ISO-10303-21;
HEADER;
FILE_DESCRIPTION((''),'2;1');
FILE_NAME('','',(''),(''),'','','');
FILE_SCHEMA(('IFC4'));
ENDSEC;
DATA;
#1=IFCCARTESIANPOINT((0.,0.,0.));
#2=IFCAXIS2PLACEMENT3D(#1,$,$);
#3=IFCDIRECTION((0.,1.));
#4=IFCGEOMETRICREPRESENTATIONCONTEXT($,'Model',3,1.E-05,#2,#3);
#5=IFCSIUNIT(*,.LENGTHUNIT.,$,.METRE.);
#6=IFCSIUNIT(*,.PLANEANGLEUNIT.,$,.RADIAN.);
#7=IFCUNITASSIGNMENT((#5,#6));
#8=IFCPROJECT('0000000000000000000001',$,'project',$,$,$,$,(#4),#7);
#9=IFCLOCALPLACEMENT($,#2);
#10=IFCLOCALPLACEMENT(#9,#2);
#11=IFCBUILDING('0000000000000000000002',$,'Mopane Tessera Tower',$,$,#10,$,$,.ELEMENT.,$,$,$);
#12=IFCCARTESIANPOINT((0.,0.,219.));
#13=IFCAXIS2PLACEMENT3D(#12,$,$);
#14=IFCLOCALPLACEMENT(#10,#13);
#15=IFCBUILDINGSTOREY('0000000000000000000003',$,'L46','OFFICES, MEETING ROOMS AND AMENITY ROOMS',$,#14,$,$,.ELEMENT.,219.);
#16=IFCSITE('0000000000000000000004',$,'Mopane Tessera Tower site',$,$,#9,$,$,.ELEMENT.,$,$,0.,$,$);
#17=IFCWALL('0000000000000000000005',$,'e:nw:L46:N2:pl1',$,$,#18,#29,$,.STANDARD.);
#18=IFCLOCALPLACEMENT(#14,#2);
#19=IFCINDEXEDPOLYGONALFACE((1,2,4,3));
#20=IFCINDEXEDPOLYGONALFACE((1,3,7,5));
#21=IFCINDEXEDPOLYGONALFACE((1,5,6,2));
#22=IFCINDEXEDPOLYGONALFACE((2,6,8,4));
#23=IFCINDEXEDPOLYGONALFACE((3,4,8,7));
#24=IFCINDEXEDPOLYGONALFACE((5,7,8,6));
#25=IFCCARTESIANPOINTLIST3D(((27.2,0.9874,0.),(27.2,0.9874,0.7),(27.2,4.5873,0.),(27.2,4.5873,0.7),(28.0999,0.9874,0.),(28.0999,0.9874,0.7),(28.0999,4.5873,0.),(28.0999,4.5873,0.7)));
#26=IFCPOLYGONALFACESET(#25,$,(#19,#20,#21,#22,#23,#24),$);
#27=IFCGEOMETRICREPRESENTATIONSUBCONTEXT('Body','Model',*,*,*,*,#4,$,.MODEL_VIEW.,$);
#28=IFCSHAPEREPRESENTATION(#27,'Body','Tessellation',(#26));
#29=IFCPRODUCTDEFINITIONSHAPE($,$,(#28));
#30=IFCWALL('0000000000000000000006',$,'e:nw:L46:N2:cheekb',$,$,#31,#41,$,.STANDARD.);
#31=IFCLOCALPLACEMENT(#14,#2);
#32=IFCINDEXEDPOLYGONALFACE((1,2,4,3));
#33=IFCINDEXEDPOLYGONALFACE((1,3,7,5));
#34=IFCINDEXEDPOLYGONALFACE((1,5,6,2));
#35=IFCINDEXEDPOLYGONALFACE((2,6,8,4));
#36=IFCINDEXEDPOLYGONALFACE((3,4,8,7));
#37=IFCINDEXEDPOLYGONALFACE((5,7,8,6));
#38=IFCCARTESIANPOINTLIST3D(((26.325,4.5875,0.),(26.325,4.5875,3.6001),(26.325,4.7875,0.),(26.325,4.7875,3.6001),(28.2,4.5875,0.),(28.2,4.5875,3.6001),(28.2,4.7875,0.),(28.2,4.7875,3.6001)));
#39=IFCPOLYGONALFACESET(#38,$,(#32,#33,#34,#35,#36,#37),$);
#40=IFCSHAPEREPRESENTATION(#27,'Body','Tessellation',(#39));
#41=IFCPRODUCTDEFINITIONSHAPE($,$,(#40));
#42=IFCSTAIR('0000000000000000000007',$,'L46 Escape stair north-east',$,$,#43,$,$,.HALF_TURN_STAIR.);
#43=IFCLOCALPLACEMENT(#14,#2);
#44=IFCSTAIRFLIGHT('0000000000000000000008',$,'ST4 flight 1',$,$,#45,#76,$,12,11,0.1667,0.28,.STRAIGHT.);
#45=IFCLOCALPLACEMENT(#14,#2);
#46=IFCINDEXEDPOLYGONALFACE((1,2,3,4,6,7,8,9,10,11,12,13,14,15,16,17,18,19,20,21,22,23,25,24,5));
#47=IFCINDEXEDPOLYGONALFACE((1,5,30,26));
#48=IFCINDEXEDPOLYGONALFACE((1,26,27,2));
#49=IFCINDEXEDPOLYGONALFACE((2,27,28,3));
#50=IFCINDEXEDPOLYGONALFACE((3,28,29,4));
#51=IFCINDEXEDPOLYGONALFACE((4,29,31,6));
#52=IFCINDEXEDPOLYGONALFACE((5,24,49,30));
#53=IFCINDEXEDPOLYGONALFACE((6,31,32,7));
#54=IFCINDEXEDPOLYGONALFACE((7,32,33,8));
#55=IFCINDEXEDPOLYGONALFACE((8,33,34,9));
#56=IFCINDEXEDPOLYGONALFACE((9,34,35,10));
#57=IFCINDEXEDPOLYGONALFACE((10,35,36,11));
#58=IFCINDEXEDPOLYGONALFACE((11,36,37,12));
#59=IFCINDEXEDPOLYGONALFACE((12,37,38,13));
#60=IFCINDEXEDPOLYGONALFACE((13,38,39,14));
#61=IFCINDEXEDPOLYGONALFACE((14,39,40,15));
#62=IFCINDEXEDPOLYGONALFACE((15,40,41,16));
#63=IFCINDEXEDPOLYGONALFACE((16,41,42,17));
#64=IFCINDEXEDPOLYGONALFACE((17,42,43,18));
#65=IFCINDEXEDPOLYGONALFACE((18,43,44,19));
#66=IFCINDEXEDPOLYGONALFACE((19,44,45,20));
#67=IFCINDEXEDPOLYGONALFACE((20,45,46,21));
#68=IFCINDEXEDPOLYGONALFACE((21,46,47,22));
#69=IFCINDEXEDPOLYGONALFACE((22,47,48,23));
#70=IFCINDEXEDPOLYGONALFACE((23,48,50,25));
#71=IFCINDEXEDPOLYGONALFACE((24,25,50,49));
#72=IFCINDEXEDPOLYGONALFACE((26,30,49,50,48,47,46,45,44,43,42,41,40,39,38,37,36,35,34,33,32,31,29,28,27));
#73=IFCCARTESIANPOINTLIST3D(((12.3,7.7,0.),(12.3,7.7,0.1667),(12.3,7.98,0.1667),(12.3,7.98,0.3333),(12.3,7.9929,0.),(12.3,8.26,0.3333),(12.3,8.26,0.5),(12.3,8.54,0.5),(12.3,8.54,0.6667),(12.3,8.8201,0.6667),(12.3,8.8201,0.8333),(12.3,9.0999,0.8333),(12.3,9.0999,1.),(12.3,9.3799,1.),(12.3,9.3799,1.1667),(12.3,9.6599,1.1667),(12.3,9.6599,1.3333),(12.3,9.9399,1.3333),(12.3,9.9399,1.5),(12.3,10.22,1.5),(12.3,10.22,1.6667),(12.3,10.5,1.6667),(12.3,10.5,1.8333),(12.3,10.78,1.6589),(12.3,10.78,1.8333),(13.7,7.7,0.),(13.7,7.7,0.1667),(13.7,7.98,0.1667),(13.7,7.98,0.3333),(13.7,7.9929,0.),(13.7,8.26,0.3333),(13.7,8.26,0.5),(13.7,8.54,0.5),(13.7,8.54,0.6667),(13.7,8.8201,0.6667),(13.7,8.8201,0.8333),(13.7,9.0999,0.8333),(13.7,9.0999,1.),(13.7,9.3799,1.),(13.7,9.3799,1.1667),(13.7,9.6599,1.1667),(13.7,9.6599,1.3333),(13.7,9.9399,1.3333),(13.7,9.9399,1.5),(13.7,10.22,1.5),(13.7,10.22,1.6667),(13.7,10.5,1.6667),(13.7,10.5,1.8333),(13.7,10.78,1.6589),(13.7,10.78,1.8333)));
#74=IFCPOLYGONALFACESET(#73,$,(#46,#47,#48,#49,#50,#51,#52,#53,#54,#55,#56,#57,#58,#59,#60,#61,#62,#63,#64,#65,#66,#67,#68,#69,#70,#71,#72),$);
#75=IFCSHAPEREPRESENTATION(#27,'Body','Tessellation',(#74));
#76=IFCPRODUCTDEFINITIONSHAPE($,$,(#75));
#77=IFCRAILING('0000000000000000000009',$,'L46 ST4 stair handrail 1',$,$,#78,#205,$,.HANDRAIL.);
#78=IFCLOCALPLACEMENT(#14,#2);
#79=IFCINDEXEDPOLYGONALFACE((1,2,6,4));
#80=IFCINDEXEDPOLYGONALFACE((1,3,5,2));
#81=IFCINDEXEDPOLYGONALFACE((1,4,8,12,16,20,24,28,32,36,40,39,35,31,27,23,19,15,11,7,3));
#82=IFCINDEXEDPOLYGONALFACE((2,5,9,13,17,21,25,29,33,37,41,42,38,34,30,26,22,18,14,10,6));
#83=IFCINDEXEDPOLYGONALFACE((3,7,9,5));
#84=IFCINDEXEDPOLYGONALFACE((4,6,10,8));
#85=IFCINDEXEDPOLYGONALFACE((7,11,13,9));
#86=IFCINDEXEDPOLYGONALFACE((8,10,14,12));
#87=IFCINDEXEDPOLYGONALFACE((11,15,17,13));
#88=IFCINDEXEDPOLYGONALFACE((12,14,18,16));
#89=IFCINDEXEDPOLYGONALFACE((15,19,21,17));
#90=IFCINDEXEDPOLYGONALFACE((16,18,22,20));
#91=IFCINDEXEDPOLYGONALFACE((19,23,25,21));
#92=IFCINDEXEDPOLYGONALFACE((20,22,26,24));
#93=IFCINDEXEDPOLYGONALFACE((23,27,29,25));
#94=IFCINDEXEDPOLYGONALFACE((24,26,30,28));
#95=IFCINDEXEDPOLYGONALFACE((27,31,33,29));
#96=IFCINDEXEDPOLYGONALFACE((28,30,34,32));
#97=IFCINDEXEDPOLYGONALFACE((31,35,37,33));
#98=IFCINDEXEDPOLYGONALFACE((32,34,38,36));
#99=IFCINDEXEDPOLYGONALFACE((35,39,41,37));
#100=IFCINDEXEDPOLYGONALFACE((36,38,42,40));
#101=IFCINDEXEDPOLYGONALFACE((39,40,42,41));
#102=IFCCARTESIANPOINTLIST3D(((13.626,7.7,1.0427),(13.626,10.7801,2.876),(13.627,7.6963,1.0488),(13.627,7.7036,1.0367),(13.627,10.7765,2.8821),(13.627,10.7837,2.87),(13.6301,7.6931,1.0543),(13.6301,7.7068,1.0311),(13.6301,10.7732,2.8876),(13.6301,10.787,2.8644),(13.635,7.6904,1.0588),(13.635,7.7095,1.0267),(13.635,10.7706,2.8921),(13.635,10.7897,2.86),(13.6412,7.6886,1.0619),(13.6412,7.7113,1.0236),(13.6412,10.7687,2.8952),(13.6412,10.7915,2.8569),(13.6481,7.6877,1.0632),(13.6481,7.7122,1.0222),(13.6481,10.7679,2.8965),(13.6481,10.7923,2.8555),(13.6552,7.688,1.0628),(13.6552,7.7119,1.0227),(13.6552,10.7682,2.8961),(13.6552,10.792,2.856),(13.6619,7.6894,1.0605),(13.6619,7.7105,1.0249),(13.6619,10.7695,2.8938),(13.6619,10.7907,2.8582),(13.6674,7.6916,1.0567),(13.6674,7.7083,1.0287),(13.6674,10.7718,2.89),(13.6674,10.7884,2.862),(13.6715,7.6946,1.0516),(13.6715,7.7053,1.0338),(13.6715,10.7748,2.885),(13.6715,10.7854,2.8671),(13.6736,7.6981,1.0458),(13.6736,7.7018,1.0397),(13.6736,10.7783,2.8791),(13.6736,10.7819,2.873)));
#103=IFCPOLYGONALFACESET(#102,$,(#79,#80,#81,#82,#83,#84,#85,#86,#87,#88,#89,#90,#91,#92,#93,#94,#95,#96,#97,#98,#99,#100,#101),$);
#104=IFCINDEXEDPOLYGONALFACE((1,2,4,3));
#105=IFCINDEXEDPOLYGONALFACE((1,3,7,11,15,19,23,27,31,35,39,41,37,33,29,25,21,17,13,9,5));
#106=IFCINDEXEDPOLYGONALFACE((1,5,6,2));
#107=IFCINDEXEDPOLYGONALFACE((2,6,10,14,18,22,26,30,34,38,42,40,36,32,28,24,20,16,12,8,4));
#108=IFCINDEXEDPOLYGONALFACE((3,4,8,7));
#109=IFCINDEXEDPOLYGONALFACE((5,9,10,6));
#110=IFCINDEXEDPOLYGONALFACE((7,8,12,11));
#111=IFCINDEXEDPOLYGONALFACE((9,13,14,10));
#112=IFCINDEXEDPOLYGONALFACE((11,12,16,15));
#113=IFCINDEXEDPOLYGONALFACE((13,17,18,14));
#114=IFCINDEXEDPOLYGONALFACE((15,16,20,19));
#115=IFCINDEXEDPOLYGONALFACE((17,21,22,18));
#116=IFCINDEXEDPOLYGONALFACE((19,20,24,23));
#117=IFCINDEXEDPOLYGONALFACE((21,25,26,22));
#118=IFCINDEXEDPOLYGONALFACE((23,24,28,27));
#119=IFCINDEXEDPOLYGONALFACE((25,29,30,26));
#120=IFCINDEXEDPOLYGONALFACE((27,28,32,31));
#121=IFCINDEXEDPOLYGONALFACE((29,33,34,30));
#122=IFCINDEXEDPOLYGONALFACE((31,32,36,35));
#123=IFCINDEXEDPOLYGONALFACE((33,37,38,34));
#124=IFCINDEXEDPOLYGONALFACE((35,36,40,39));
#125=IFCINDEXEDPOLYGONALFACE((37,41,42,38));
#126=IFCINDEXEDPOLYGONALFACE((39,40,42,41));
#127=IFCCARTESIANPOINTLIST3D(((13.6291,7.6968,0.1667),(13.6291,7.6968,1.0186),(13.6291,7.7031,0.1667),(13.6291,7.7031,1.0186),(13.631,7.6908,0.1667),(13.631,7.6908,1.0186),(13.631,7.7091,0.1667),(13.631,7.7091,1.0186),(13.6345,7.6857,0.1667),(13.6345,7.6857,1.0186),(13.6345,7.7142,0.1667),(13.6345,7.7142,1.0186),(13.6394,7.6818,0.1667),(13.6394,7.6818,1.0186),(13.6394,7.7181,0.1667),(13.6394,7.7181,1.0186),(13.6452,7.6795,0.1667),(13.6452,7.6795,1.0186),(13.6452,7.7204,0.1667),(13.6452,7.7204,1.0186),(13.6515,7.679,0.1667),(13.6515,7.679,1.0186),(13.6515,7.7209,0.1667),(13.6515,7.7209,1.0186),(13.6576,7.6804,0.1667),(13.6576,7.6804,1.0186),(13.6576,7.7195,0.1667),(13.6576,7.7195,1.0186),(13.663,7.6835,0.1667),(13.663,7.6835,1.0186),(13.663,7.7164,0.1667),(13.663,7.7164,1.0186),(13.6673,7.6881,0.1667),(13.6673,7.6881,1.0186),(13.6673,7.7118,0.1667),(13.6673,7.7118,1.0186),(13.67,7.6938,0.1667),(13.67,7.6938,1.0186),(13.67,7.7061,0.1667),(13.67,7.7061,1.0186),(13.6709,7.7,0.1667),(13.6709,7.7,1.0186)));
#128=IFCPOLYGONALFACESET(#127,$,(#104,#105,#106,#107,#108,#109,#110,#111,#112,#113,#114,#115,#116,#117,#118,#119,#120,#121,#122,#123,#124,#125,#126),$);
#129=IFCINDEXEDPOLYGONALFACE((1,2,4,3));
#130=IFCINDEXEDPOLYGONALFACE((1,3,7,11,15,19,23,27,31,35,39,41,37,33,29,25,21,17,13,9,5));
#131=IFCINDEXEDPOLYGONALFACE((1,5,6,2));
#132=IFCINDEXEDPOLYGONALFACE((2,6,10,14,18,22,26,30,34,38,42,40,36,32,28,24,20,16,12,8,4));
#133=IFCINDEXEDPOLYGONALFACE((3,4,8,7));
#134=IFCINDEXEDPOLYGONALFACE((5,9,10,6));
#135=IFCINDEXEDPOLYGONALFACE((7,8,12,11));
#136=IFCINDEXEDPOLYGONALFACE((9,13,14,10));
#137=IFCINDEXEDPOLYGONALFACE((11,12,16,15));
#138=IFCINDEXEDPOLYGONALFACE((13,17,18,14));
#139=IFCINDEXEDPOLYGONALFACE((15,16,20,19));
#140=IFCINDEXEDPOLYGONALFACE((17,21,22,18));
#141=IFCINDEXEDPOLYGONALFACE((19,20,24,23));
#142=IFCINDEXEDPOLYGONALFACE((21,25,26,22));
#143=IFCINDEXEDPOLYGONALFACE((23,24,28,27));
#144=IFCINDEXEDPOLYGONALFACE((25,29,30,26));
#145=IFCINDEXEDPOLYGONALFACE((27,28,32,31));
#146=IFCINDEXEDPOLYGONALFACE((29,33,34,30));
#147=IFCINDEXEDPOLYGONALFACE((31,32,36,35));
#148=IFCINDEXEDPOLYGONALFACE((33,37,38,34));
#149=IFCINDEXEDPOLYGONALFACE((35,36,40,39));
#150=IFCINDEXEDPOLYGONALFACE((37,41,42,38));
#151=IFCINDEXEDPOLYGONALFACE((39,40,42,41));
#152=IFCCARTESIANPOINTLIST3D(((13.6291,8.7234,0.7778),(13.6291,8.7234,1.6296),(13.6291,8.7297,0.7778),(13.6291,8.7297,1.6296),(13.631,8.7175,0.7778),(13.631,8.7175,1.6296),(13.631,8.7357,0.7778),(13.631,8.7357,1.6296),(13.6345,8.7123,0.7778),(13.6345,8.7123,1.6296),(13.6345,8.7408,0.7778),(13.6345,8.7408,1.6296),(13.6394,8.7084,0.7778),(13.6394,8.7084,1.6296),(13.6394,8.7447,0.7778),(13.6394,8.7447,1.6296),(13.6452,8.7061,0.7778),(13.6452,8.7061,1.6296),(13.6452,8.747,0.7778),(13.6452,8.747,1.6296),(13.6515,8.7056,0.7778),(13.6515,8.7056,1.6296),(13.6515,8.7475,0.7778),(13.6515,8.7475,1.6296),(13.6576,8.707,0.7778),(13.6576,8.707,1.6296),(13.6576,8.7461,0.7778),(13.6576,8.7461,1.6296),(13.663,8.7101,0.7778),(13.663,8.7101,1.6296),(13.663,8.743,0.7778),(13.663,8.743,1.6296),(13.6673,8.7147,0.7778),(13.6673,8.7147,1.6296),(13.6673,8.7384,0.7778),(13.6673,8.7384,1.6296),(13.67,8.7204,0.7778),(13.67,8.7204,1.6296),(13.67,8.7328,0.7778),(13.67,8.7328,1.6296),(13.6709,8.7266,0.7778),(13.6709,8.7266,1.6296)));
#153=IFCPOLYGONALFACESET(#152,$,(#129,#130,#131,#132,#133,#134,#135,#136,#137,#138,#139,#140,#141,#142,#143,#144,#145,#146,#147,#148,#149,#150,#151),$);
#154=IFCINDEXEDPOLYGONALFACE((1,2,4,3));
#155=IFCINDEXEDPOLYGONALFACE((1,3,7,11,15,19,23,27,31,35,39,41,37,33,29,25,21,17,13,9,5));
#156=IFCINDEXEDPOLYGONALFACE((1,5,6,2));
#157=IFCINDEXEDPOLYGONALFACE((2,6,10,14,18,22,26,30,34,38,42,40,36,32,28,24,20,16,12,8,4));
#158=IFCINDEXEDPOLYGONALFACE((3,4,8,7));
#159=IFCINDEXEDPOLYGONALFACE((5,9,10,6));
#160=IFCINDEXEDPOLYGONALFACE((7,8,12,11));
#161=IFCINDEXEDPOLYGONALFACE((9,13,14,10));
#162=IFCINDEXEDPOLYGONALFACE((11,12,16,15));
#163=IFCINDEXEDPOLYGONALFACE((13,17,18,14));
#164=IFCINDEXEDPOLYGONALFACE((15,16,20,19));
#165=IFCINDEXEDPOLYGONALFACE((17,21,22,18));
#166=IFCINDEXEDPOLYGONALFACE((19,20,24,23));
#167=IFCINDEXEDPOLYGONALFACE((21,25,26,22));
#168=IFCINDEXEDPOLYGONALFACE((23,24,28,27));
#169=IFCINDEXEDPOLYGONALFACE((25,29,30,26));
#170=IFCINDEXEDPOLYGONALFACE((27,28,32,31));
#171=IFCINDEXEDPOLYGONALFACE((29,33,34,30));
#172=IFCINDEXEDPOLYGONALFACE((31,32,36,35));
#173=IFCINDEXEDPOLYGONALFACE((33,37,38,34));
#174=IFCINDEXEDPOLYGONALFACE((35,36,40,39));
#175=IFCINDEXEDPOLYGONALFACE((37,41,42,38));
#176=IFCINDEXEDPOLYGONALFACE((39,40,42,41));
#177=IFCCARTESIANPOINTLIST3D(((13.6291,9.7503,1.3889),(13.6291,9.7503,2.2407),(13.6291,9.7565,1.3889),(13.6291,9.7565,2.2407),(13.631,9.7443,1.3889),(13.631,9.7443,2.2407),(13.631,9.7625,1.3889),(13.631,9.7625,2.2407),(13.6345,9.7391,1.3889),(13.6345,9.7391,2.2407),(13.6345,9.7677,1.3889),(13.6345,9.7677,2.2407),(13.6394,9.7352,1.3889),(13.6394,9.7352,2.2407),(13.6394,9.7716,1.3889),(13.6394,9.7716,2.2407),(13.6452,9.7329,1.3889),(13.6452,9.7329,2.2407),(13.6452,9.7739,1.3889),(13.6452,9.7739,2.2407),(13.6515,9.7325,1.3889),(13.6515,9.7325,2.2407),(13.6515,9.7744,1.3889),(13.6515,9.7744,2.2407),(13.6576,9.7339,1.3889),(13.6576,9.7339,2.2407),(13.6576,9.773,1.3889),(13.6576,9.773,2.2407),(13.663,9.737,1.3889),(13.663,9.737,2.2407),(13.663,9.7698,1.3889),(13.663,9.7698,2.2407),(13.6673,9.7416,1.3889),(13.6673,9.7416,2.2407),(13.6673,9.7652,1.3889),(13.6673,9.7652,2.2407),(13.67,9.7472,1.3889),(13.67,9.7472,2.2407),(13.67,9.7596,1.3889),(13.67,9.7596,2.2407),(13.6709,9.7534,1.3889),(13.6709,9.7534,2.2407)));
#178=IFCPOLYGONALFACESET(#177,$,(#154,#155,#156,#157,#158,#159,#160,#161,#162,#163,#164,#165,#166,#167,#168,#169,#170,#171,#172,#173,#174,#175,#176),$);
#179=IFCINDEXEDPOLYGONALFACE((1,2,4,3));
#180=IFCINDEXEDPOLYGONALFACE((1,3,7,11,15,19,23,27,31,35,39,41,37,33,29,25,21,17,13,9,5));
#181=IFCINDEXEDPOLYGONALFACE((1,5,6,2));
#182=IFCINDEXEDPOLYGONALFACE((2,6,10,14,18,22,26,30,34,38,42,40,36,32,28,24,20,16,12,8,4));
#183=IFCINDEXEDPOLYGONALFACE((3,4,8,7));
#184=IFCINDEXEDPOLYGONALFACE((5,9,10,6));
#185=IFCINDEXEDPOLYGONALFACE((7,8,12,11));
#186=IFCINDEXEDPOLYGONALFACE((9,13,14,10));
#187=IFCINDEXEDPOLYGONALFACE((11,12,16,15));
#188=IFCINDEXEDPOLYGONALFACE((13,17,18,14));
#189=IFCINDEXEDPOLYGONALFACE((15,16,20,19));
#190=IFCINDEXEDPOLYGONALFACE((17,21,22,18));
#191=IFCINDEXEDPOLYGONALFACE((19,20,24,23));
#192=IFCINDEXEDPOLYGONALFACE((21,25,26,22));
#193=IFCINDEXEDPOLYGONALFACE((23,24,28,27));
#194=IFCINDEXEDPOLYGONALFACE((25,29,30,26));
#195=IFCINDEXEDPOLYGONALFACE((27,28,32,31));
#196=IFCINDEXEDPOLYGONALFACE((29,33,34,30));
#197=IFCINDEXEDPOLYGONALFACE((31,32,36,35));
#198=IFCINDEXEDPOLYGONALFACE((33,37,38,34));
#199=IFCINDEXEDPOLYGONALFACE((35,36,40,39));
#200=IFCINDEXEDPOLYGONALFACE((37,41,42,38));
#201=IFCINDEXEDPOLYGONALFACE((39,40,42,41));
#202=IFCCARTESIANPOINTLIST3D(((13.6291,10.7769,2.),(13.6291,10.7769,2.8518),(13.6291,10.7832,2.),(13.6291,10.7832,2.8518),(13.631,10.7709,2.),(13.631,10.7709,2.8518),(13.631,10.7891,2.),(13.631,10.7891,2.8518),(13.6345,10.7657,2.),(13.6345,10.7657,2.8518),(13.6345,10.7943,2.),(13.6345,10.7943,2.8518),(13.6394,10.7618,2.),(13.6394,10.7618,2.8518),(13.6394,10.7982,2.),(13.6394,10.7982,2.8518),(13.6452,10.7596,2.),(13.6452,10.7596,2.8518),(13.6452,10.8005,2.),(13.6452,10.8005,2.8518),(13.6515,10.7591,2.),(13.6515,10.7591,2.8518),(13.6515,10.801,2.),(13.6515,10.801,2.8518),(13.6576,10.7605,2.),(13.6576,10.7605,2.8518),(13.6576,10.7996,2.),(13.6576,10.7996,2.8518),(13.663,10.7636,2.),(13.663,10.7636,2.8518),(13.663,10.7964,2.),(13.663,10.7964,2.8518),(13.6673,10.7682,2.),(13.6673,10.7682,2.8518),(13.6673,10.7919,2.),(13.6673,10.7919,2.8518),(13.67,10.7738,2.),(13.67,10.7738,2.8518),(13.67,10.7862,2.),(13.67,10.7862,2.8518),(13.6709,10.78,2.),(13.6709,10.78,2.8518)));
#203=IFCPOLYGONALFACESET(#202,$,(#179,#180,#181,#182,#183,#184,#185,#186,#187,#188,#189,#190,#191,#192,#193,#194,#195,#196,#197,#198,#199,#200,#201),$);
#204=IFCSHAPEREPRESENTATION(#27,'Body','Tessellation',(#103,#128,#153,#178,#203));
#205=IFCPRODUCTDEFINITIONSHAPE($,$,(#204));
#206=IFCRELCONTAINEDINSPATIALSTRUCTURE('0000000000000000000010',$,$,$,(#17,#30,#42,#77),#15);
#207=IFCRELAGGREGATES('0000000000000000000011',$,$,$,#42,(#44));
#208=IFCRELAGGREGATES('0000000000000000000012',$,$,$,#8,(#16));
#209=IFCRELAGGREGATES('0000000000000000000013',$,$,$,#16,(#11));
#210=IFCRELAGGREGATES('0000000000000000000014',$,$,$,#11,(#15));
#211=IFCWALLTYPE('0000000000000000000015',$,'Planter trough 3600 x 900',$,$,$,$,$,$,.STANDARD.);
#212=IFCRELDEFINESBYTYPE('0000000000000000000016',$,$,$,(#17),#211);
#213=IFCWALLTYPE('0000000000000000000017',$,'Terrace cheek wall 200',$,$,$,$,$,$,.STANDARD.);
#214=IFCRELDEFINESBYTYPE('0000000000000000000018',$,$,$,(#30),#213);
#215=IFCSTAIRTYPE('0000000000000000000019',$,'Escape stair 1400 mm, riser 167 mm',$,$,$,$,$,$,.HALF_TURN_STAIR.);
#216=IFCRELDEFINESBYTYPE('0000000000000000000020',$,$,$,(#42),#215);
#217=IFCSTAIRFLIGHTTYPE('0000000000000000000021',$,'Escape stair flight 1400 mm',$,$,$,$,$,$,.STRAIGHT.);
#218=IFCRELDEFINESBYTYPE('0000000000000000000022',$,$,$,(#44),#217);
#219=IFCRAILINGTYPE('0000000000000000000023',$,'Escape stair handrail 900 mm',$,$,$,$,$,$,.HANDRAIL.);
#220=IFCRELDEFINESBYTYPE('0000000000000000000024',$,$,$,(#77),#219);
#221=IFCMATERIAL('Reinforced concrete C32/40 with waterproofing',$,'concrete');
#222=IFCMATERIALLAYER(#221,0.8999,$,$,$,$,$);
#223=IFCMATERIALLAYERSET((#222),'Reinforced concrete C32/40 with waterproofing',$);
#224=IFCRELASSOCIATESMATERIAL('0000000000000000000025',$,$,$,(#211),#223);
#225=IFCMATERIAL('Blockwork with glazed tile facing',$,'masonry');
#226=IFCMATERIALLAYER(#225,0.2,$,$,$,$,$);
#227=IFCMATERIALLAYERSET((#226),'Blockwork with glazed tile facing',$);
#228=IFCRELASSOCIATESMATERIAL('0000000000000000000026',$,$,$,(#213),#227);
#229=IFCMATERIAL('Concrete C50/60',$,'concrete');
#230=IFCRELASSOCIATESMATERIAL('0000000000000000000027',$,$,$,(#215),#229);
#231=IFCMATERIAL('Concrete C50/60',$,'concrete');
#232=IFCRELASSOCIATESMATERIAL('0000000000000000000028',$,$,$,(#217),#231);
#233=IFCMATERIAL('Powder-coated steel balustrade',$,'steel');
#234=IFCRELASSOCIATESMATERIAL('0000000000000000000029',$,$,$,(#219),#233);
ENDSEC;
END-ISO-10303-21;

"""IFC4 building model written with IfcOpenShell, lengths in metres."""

from ifc_helpers import new_model, si_unit, direction, frame, frame_2d, origin, origin_2d, place, context, subcontext, project, spatial, polyline, rectangle, circle, outline, extrude, material, layer, layer_set, type_object, element, aggregate, save


model = new_model("IFC4")

# Units and contexts
model_context = context("Model", 3, precision=1e-05, world=origin(), true_north=direction((0.0, 1.0)))
body_context = subcontext(model_context, "Body", "Model", "MODEL_VIEW")
ifc_project = project(units=[si_unit("LENGTHUNIT", "METRE"), si_unit("PLANEANGLEUNIT", "RADIAN")], contexts=[model_context])

# Site, building, storey
site_placement = place(None, origin())
site = spatial("IfcSite", under=ifc_project, at=site_placement, Name="Mopane Tessera Tower site", CompositionType="ELEMENT", RefElevation=0.0)
building_placement = place(site_placement, origin())
building = spatial("IfcBuilding", under=site, at=building_placement, Name="Mopane Tessera Tower", CompositionType="ELEMENT")
storey_placement = place(building_placement, frame((0.0, 0.0, 219.0)))
storey = spatial("IfcBuildingStorey", under=building, at=storey_placement, Name="L46", Description="OFFICES, MEETING ROOMS AND AMENITY ROOMS", CompositionType="ELEMENT", Elevation=219.0)

# Walls
ifc_material_1 = material(Name="Reinforced concrete C32/40 with waterproofing", Category="concrete")
ifc_layer_1 = layer(ifc_material_1, 0.8999)
ifc_layer_set_1 = layer_set([ifc_layer_1], Name="Reinforced concrete C32/40 with waterproofing")
wall_type_1 = type_object("IfcWallType", Name="Planter trough 3600 x 900", PredefinedType="STANDARD", material=ifc_layer_set_1)
wall_1_placement = place(storey_placement, frame((27.6499, 0.9875, 0.0), z_axis=(0.0, 0.0, 1.0), x_axis=(0.0, 1.0, 0.0)))
element("IfcWall", 1, at=wall_1_placement, inside=storey, type_object=wall_type_1, Name="e:nw:L46:N2:pl1", PredefinedType="STANDARD", context=body_context, shape_type="SweptSolid", body=[
    extrude(rectangle(XDim=3.5999, YDim=0.8999, at=frame_2d((1.7998, 0.0))), origin(), (0.0, 0.0, 1.0), 0.7),
])
ifc_material_2 = material(Name="Blockwork with glazed tile facing", Category="masonry")
ifc_layer_2 = layer(ifc_material_2, 0.2)
ifc_layer_set_2 = layer_set([ifc_layer_2], Name="Blockwork with glazed tile facing")
wall_type_2 = type_object("IfcWallType", Name="Terrace cheek wall 200", PredefinedType="STANDARD", material=ifc_layer_set_2)
wall_2_placement = place(storey_placement, frame((28.2, 4.6875, 0.0), z_axis=(0.0, 0.0, 1.0), x_axis=(-1.0, 0.0, 0.0)))
element("IfcWall", 2, at=wall_2_placement, inside=storey, type_object=wall_type_2, Name="e:nw:L46:N2:cheekb", PredefinedType="STANDARD", context=body_context, shape_type="SweptSolid", body=[
    extrude(rectangle(XDim=1.875, YDim=0.2, at=frame_2d((0.9375, 0.0))), origin(), (0.0, 0.0, 1.0), 3.6001),
])

# Stair, stair flight
ifc_material_3 = material(Name="Concrete C50/60", Category="concrete")
stair_type = type_object("IfcStairType", Name="Escape stair 1400 mm, riser 167 mm", PredefinedType="HALF_TURN_STAIR", material=ifc_material_3)
stair_placement = place(storey_placement, origin())
stair = element("IfcStair", 3, at=stair_placement, inside=storey, type_object=stair_type, Name="L46 Escape stair north-east", PredefinedType="HALF_TURN_STAIR")
ifc_material_4 = material(Name="Concrete C50/60", Category="concrete")
stair_flight_type = type_object("IfcStairFlightType", Name="Escape stair flight 1400 mm", PredefinedType="STRAIGHT", material=ifc_material_4)
stair_flight_placement = place(storey_placement, frame((13.0, 7.7, 0.0), z_axis=(0.0, 0.0, 1.0), x_axis=(0.0, 1.0, 0.0)))
stair_flight = element("IfcStairFlight", 4, at=stair_flight_placement, type_object=stair_flight_type, Name="ST4 flight 1", NumberOfRisers=12, NumberOfTreads=11, PredefinedType="STRAIGHT", RiserHeight=0.1667, TreadLength=0.28, context=body_context, shape_type="SweptSolid", body=[
    extrude(outline(polyline([(0.0, 0.0), (0.0, 0.1667), (0.28, 0.1667), (0.28, 0.3333), (0.5601, 0.3333), (0.5601, 0.5), (0.8401, 0.5), (0.8401, 0.6667), (1.1201, 0.6667), (1.1201, 0.8333), (1.3999, 0.8333), (1.3999, 1.0), (1.6799, 1.0), (1.6799, 1.1667), (1.96, 1.1667), (1.96, 1.3333), (2.24, 1.3333), (2.24, 1.5), (2.52, 1.5), (2.52, 1.6667), (2.8, 1.6667), (2.8, 1.8333), (3.0801, 1.8333), (3.0801, 2.0), (3.0801, 1.6589), (0.293, 0.0), (0.0, 0.0)])), frame((0.0, 0.7, 0.0), z_axis=(0.0, -1.0, 0.0), x_axis=(1.0, 0.0, 0.0)), (0.0, 0.0, 1.0), 1.3999),
])
aggregate(stair, [stair_flight])

# Railing
ifc_material_5 = material(Name="Powder-coated steel balustrade", Category="steel")
railing_type = type_object("IfcRailingType", Name="Escape stair handrail 900 mm", PredefinedType="HANDRAIL", material=ifc_material_5)
railing_placement = place(storey_placement, frame((13.6499, 7.7, 0.1667)))
element("IfcRailing", 5, at=railing_placement, inside=storey, type_object=railing_type, Name="L46 ST4 stair handrail 1", PredefinedType="HANDRAIL", context=body_context, shape_type="SweptSolid", body=[
    extrude(circle(Radius=0.0239, at=origin_2d()), frame((0.0, 0.0, 0.876), z_axis=(0.0, 0.859309, 0.511458), x_axis=(-1.0, 0.0, 0.0)), (0.0, 0.0, 1.0), 3.5845),
    extrude(circle(Radius=0.021, at=origin_2d()), origin(), (0.0, 0.0, 1.0), 0.8518),
    extrude(circle(Radius=0.021, at=origin_2d()), frame((0.0, 1.0266, 0.6111)), (0.0, 0.0, 1.0), 0.8518),
    extrude(circle(Radius=0.021, at=origin_2d()), frame((0.0, 2.0535, 1.2222)), (0.0, 0.0, 1.0), 0.8518),
    extrude(circle(Radius=0.021, at=origin_2d()), frame((0.0, 3.0801, 1.8333)), (0.0, 0.0, 1.0), 0.8518),
])

save(model, "model.ifc")
